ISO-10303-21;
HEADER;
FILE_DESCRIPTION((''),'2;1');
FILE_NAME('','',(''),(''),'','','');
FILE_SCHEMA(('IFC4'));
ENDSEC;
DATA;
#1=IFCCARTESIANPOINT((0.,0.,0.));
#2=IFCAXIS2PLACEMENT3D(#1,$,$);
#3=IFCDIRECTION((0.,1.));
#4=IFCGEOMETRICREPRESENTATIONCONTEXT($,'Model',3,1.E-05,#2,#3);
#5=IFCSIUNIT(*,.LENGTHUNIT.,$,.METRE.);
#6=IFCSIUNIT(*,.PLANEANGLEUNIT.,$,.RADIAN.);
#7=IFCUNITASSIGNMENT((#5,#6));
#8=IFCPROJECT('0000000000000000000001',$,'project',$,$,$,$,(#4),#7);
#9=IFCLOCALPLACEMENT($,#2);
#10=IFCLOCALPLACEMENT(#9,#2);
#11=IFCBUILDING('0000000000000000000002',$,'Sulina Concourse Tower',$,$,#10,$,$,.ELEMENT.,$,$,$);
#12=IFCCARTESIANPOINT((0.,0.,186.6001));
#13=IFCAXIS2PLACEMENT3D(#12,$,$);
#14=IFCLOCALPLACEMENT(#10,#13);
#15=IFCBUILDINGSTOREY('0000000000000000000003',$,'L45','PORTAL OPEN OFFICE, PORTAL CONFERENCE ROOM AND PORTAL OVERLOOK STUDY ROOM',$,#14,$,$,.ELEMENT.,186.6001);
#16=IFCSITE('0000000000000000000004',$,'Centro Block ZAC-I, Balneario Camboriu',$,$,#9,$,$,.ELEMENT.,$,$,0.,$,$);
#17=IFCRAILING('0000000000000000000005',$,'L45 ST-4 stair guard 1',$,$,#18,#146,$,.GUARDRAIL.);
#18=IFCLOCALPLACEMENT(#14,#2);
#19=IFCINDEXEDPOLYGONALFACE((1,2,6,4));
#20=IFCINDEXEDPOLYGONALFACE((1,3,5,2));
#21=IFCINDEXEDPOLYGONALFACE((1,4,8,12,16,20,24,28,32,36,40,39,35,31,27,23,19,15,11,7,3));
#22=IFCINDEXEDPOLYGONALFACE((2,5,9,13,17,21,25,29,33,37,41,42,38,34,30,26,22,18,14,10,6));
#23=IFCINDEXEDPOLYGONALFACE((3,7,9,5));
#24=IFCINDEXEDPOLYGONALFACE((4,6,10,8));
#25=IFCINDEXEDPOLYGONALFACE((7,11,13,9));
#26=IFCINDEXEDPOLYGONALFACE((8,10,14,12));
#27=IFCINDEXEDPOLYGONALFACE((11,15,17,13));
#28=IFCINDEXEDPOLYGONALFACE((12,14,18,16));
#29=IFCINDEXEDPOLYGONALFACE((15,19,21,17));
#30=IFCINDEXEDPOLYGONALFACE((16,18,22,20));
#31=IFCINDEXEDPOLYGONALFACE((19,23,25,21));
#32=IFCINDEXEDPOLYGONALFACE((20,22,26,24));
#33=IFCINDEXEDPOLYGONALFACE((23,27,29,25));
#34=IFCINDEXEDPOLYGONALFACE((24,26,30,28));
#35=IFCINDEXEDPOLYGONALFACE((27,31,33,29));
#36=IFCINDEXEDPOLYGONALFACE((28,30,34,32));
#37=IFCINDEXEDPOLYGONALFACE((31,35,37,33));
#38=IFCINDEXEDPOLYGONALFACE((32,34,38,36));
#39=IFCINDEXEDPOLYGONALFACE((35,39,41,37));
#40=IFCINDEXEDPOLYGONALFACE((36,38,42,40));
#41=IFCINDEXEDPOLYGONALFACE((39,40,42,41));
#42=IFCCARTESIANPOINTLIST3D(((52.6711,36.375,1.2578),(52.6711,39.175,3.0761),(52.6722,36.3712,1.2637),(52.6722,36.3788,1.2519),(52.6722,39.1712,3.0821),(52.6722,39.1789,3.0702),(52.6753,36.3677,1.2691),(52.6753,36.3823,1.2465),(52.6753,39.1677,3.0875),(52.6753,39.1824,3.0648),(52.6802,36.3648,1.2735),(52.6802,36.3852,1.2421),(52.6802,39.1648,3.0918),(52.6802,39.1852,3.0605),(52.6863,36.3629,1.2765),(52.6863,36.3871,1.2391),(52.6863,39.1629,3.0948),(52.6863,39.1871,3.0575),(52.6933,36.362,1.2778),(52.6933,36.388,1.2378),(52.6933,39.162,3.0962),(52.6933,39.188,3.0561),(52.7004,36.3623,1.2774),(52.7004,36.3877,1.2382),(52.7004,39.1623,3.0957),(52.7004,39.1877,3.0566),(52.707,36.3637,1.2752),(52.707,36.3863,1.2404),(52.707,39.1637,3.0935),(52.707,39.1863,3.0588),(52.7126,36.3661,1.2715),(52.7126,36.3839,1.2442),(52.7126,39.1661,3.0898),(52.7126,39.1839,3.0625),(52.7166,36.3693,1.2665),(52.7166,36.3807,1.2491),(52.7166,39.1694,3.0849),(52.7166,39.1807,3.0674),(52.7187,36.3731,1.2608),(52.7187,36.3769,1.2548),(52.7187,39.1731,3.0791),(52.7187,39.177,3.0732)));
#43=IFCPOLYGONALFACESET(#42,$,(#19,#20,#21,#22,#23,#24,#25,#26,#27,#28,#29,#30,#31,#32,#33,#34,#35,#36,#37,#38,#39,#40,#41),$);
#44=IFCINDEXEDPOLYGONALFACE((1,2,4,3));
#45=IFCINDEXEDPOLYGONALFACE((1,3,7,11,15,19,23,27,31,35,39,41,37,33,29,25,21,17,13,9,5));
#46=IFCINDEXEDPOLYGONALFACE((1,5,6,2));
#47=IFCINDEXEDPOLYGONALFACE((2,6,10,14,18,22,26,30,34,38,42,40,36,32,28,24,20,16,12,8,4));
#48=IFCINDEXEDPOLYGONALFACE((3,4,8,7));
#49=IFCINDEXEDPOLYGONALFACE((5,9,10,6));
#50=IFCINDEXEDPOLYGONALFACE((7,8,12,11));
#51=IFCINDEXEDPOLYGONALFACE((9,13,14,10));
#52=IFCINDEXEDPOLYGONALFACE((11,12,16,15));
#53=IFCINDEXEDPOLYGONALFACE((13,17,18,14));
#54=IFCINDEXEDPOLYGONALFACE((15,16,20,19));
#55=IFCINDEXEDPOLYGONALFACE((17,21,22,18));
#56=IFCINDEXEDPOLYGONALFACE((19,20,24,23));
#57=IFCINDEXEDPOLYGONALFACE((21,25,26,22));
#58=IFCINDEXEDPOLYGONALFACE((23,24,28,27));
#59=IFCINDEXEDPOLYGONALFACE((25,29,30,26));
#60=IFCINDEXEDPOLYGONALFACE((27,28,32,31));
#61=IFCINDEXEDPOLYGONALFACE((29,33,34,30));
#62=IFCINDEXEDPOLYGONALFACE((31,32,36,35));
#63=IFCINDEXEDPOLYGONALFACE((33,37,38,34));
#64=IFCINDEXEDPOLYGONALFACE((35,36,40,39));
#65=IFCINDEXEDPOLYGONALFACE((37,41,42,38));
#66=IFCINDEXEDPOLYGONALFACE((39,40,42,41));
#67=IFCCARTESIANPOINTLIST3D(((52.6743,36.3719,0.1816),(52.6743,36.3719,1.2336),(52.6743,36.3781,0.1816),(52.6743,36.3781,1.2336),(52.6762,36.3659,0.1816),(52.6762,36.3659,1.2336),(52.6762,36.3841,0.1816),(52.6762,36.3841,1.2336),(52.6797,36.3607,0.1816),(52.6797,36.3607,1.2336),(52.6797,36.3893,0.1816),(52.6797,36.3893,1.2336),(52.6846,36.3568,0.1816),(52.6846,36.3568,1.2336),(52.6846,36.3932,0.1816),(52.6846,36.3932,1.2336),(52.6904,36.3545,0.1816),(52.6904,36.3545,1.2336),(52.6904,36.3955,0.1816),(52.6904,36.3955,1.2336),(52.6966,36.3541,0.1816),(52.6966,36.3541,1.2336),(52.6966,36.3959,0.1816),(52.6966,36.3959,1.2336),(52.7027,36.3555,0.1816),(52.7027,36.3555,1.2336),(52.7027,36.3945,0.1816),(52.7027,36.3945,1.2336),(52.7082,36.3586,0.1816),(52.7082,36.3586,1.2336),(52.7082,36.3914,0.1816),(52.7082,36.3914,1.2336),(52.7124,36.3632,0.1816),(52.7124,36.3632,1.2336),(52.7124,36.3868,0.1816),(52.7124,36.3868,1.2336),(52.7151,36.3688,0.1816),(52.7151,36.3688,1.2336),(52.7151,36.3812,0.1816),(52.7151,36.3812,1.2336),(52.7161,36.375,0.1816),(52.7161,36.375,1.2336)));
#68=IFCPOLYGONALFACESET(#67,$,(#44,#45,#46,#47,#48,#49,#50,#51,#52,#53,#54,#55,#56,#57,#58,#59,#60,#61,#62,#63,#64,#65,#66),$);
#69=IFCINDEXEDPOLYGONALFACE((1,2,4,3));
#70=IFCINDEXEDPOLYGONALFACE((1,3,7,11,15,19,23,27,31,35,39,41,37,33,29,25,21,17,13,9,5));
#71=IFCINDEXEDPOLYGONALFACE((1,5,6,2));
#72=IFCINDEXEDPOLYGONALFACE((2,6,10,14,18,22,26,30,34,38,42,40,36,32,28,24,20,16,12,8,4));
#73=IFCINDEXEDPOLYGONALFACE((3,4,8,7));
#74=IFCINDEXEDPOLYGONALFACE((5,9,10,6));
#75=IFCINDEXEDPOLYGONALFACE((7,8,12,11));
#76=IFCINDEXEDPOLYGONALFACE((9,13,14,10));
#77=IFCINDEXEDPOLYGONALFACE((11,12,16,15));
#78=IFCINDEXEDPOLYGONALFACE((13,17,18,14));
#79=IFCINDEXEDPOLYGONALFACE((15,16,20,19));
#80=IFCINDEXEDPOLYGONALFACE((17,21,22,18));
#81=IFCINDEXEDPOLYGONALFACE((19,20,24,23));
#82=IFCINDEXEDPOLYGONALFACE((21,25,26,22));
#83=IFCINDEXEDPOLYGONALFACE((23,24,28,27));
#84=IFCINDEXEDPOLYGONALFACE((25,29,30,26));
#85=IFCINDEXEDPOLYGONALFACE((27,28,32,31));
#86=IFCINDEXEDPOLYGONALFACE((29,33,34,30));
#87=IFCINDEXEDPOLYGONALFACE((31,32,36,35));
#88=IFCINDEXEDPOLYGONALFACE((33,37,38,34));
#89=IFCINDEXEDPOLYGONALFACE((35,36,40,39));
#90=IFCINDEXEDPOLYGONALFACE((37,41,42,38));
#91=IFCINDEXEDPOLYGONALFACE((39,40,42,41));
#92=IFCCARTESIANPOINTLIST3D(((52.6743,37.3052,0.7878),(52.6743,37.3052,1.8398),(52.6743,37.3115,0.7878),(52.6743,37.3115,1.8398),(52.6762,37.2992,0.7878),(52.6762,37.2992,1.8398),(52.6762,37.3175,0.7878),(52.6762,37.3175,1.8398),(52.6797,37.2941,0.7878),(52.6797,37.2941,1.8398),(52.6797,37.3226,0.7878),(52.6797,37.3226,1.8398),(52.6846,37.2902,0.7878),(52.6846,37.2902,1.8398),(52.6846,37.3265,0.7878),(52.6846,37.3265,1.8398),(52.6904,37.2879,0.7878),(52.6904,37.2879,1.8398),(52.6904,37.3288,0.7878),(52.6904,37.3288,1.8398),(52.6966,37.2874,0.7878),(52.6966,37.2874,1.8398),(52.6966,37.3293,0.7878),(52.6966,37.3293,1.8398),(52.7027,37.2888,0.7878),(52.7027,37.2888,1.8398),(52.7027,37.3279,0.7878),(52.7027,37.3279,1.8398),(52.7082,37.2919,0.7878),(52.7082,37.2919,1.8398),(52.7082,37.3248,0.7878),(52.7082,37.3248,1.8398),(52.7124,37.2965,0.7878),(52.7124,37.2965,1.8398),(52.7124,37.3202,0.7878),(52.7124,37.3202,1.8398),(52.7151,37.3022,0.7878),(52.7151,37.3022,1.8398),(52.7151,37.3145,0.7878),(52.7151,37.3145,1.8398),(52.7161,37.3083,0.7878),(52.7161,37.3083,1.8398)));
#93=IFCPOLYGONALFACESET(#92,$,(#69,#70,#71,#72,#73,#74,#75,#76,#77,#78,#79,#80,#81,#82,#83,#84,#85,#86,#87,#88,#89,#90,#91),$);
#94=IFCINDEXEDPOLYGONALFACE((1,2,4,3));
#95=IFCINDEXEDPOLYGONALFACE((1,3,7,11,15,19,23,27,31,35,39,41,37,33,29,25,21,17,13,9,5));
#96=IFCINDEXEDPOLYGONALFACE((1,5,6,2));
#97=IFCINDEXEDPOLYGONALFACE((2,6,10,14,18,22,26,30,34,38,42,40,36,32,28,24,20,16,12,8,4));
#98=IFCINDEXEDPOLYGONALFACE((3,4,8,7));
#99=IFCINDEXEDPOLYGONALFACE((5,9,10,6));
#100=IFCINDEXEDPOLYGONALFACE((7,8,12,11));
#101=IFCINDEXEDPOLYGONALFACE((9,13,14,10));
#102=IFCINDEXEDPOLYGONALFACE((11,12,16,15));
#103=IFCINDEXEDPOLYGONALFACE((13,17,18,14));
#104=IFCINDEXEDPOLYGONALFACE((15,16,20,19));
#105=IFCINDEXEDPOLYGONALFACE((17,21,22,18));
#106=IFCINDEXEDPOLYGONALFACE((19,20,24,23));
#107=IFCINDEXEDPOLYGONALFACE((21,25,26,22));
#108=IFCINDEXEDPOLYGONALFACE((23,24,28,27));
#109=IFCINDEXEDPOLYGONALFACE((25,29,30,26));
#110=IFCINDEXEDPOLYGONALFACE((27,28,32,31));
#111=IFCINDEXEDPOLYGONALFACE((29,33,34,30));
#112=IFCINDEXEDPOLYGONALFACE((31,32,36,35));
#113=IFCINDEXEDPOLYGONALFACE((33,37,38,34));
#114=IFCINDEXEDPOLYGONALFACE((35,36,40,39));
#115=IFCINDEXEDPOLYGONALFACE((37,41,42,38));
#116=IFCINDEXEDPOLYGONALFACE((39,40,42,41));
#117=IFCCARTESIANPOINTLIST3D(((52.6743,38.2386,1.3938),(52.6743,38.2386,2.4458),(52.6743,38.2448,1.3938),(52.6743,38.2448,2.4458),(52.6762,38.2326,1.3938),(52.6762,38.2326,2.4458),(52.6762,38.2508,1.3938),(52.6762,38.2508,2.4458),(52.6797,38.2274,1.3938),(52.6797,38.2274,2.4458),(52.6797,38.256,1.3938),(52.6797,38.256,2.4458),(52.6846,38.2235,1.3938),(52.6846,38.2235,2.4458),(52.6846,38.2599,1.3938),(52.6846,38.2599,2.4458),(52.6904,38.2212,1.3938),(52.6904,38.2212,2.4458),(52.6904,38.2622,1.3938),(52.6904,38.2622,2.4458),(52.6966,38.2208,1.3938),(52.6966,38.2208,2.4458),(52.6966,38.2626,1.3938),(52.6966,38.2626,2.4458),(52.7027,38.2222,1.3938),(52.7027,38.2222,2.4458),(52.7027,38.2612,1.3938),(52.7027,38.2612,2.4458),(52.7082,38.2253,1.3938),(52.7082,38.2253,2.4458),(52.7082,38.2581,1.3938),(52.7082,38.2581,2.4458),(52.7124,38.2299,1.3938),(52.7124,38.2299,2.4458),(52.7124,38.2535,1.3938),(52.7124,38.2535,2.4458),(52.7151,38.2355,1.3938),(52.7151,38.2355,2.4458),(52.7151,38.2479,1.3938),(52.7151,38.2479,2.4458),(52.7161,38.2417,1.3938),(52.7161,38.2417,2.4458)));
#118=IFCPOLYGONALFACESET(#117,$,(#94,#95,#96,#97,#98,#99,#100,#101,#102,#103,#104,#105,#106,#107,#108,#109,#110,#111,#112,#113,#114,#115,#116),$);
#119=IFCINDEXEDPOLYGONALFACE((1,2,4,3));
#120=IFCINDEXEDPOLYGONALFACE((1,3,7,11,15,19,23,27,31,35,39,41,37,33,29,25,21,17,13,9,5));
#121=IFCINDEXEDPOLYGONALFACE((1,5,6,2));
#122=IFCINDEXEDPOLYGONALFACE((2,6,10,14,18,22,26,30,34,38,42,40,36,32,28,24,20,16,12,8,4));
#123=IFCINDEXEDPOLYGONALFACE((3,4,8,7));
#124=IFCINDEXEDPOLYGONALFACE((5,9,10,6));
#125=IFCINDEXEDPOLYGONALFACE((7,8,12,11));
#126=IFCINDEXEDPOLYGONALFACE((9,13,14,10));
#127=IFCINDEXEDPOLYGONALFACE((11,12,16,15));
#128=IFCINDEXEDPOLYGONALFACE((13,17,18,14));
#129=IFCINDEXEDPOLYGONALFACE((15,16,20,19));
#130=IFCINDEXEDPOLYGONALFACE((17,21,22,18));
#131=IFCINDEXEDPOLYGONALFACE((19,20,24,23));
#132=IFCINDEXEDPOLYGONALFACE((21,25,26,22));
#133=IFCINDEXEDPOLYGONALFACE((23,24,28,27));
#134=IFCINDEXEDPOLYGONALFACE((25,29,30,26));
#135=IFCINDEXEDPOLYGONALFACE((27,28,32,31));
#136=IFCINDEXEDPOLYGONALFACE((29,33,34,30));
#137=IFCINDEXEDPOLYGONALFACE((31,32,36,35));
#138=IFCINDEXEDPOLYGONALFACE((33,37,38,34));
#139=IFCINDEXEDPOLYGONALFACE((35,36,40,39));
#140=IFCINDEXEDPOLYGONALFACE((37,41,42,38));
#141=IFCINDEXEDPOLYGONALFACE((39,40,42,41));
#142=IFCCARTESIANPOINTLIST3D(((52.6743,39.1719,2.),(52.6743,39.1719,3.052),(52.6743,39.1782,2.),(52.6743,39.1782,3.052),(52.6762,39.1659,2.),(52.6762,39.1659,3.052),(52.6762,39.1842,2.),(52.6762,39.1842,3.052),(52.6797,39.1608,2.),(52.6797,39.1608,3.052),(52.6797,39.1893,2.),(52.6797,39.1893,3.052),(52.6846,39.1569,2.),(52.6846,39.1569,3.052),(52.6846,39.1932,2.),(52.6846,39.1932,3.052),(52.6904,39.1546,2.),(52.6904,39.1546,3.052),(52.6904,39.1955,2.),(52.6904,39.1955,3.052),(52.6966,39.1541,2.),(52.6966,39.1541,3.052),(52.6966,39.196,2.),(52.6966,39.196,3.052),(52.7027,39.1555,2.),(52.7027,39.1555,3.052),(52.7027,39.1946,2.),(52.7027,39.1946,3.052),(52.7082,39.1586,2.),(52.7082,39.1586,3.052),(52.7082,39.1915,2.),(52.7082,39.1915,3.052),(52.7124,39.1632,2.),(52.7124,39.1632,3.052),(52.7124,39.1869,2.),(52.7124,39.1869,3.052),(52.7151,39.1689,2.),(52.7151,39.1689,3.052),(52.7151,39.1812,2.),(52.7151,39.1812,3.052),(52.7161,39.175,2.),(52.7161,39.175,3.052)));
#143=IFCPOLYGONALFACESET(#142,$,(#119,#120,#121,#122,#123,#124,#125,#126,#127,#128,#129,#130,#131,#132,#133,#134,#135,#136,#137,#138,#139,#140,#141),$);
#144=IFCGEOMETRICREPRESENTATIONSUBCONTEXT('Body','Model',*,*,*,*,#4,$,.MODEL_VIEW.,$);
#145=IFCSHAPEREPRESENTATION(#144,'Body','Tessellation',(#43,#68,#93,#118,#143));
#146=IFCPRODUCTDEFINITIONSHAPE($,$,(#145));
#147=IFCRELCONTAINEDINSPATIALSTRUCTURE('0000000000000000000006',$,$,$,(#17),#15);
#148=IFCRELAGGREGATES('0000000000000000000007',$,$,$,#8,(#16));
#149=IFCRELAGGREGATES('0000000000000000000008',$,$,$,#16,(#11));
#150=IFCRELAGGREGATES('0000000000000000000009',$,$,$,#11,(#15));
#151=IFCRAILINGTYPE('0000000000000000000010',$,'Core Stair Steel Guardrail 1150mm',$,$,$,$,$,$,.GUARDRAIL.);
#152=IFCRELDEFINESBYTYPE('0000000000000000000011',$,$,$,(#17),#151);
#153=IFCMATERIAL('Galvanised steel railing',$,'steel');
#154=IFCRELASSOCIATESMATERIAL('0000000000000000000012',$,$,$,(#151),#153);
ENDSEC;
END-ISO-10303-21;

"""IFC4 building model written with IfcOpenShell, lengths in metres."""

from ifc_helpers import new_model, si_unit, direction, frame, origin, origin_2d, place, context, subcontext, project, spatial, circle, extrude, material, type_object, element, save


model = new_model("IFC4")

# Units and contexts
model_context = context("Model", 3, precision=1e-05, world=origin(), true_north=direction((0.0, 1.0)))
body_context = subcontext(model_context, "Body", "Model", "MODEL_VIEW")
ifc_project = project(units=[si_unit("LENGTHUNIT", "METRE"), si_unit("PLANEANGLEUNIT", "RADIAN")], contexts=[model_context])

# Site, building, storey
site_placement = place(None, origin())
site = spatial("IfcSite", under=ifc_project, at=site_placement, Name="Centro Block ZAC-I, Balneario Camboriu", CompositionType="ELEMENT", RefElevation=0.0)
building_placement = place(site_placement, origin())
building = spatial("IfcBuilding", under=site, at=building_placement, Name="Sulina Concourse Tower", CompositionType="ELEMENT")
storey_placement = place(building_placement, frame((0.0, 0.0, 186.6001)))
storey = spatial("IfcBuildingStorey", under=building, at=storey_placement, Name="L45", Description="PORTAL OPEN OFFICE, PORTAL CONFERENCE ROOM AND PORTAL OVERLOOK STUDY ROOM", CompositionType="ELEMENT", Elevation=186.6001)

# Railing
ifc_material_1 = material(Name="Galvanised steel railing", Category="steel")
railing_type_1 = type_object("IfcRailingType", Name="Core Stair Steel Guardrail 1150mm", PredefinedType="GUARDRAIL", material=ifc_material_1)
railing_1_placement = place(storey_placement, frame((52.6951, 36.375, 0.1816)))
element("IfcRailing", 1, at=railing_1_placement, inside=storey, type_object=railing_type_1, Name="L45 ST-4 stair guard 1", PredefinedType="GUARDRAIL", context=body_context, shape_type="SweptSolid", body=[
    extrude(circle(Radius=0.0239, at=origin_2d()), frame((0.0, 0.0, 1.0762), z_axis=(0.0, 0.838672, 0.544636), x_axis=(-1.0, 0.0, 0.0)), (0.0, 0.0, 1.0), 3.3386),
    extrude(circle(Radius=0.021, at=origin_2d()), origin(), (0.0, 0.0, 1.0), 1.052),
    extrude(circle(Radius=0.021, at=origin_2d()), frame((0.0, 0.9333, 0.6062)), (0.0, 0.0, 1.0), 1.052),
    extrude(circle(Radius=0.021, at=origin_2d()), frame((0.0, 1.8667, 1.2122)), (0.0, 0.0, 1.0), 1.052),
    extrude(circle(Radius=0.021, at=origin_2d()), frame((0.0, 2.8, 1.8184)), (0.0, 0.0, 1.0), 1.052),
])

save(model, "model.ifc")
